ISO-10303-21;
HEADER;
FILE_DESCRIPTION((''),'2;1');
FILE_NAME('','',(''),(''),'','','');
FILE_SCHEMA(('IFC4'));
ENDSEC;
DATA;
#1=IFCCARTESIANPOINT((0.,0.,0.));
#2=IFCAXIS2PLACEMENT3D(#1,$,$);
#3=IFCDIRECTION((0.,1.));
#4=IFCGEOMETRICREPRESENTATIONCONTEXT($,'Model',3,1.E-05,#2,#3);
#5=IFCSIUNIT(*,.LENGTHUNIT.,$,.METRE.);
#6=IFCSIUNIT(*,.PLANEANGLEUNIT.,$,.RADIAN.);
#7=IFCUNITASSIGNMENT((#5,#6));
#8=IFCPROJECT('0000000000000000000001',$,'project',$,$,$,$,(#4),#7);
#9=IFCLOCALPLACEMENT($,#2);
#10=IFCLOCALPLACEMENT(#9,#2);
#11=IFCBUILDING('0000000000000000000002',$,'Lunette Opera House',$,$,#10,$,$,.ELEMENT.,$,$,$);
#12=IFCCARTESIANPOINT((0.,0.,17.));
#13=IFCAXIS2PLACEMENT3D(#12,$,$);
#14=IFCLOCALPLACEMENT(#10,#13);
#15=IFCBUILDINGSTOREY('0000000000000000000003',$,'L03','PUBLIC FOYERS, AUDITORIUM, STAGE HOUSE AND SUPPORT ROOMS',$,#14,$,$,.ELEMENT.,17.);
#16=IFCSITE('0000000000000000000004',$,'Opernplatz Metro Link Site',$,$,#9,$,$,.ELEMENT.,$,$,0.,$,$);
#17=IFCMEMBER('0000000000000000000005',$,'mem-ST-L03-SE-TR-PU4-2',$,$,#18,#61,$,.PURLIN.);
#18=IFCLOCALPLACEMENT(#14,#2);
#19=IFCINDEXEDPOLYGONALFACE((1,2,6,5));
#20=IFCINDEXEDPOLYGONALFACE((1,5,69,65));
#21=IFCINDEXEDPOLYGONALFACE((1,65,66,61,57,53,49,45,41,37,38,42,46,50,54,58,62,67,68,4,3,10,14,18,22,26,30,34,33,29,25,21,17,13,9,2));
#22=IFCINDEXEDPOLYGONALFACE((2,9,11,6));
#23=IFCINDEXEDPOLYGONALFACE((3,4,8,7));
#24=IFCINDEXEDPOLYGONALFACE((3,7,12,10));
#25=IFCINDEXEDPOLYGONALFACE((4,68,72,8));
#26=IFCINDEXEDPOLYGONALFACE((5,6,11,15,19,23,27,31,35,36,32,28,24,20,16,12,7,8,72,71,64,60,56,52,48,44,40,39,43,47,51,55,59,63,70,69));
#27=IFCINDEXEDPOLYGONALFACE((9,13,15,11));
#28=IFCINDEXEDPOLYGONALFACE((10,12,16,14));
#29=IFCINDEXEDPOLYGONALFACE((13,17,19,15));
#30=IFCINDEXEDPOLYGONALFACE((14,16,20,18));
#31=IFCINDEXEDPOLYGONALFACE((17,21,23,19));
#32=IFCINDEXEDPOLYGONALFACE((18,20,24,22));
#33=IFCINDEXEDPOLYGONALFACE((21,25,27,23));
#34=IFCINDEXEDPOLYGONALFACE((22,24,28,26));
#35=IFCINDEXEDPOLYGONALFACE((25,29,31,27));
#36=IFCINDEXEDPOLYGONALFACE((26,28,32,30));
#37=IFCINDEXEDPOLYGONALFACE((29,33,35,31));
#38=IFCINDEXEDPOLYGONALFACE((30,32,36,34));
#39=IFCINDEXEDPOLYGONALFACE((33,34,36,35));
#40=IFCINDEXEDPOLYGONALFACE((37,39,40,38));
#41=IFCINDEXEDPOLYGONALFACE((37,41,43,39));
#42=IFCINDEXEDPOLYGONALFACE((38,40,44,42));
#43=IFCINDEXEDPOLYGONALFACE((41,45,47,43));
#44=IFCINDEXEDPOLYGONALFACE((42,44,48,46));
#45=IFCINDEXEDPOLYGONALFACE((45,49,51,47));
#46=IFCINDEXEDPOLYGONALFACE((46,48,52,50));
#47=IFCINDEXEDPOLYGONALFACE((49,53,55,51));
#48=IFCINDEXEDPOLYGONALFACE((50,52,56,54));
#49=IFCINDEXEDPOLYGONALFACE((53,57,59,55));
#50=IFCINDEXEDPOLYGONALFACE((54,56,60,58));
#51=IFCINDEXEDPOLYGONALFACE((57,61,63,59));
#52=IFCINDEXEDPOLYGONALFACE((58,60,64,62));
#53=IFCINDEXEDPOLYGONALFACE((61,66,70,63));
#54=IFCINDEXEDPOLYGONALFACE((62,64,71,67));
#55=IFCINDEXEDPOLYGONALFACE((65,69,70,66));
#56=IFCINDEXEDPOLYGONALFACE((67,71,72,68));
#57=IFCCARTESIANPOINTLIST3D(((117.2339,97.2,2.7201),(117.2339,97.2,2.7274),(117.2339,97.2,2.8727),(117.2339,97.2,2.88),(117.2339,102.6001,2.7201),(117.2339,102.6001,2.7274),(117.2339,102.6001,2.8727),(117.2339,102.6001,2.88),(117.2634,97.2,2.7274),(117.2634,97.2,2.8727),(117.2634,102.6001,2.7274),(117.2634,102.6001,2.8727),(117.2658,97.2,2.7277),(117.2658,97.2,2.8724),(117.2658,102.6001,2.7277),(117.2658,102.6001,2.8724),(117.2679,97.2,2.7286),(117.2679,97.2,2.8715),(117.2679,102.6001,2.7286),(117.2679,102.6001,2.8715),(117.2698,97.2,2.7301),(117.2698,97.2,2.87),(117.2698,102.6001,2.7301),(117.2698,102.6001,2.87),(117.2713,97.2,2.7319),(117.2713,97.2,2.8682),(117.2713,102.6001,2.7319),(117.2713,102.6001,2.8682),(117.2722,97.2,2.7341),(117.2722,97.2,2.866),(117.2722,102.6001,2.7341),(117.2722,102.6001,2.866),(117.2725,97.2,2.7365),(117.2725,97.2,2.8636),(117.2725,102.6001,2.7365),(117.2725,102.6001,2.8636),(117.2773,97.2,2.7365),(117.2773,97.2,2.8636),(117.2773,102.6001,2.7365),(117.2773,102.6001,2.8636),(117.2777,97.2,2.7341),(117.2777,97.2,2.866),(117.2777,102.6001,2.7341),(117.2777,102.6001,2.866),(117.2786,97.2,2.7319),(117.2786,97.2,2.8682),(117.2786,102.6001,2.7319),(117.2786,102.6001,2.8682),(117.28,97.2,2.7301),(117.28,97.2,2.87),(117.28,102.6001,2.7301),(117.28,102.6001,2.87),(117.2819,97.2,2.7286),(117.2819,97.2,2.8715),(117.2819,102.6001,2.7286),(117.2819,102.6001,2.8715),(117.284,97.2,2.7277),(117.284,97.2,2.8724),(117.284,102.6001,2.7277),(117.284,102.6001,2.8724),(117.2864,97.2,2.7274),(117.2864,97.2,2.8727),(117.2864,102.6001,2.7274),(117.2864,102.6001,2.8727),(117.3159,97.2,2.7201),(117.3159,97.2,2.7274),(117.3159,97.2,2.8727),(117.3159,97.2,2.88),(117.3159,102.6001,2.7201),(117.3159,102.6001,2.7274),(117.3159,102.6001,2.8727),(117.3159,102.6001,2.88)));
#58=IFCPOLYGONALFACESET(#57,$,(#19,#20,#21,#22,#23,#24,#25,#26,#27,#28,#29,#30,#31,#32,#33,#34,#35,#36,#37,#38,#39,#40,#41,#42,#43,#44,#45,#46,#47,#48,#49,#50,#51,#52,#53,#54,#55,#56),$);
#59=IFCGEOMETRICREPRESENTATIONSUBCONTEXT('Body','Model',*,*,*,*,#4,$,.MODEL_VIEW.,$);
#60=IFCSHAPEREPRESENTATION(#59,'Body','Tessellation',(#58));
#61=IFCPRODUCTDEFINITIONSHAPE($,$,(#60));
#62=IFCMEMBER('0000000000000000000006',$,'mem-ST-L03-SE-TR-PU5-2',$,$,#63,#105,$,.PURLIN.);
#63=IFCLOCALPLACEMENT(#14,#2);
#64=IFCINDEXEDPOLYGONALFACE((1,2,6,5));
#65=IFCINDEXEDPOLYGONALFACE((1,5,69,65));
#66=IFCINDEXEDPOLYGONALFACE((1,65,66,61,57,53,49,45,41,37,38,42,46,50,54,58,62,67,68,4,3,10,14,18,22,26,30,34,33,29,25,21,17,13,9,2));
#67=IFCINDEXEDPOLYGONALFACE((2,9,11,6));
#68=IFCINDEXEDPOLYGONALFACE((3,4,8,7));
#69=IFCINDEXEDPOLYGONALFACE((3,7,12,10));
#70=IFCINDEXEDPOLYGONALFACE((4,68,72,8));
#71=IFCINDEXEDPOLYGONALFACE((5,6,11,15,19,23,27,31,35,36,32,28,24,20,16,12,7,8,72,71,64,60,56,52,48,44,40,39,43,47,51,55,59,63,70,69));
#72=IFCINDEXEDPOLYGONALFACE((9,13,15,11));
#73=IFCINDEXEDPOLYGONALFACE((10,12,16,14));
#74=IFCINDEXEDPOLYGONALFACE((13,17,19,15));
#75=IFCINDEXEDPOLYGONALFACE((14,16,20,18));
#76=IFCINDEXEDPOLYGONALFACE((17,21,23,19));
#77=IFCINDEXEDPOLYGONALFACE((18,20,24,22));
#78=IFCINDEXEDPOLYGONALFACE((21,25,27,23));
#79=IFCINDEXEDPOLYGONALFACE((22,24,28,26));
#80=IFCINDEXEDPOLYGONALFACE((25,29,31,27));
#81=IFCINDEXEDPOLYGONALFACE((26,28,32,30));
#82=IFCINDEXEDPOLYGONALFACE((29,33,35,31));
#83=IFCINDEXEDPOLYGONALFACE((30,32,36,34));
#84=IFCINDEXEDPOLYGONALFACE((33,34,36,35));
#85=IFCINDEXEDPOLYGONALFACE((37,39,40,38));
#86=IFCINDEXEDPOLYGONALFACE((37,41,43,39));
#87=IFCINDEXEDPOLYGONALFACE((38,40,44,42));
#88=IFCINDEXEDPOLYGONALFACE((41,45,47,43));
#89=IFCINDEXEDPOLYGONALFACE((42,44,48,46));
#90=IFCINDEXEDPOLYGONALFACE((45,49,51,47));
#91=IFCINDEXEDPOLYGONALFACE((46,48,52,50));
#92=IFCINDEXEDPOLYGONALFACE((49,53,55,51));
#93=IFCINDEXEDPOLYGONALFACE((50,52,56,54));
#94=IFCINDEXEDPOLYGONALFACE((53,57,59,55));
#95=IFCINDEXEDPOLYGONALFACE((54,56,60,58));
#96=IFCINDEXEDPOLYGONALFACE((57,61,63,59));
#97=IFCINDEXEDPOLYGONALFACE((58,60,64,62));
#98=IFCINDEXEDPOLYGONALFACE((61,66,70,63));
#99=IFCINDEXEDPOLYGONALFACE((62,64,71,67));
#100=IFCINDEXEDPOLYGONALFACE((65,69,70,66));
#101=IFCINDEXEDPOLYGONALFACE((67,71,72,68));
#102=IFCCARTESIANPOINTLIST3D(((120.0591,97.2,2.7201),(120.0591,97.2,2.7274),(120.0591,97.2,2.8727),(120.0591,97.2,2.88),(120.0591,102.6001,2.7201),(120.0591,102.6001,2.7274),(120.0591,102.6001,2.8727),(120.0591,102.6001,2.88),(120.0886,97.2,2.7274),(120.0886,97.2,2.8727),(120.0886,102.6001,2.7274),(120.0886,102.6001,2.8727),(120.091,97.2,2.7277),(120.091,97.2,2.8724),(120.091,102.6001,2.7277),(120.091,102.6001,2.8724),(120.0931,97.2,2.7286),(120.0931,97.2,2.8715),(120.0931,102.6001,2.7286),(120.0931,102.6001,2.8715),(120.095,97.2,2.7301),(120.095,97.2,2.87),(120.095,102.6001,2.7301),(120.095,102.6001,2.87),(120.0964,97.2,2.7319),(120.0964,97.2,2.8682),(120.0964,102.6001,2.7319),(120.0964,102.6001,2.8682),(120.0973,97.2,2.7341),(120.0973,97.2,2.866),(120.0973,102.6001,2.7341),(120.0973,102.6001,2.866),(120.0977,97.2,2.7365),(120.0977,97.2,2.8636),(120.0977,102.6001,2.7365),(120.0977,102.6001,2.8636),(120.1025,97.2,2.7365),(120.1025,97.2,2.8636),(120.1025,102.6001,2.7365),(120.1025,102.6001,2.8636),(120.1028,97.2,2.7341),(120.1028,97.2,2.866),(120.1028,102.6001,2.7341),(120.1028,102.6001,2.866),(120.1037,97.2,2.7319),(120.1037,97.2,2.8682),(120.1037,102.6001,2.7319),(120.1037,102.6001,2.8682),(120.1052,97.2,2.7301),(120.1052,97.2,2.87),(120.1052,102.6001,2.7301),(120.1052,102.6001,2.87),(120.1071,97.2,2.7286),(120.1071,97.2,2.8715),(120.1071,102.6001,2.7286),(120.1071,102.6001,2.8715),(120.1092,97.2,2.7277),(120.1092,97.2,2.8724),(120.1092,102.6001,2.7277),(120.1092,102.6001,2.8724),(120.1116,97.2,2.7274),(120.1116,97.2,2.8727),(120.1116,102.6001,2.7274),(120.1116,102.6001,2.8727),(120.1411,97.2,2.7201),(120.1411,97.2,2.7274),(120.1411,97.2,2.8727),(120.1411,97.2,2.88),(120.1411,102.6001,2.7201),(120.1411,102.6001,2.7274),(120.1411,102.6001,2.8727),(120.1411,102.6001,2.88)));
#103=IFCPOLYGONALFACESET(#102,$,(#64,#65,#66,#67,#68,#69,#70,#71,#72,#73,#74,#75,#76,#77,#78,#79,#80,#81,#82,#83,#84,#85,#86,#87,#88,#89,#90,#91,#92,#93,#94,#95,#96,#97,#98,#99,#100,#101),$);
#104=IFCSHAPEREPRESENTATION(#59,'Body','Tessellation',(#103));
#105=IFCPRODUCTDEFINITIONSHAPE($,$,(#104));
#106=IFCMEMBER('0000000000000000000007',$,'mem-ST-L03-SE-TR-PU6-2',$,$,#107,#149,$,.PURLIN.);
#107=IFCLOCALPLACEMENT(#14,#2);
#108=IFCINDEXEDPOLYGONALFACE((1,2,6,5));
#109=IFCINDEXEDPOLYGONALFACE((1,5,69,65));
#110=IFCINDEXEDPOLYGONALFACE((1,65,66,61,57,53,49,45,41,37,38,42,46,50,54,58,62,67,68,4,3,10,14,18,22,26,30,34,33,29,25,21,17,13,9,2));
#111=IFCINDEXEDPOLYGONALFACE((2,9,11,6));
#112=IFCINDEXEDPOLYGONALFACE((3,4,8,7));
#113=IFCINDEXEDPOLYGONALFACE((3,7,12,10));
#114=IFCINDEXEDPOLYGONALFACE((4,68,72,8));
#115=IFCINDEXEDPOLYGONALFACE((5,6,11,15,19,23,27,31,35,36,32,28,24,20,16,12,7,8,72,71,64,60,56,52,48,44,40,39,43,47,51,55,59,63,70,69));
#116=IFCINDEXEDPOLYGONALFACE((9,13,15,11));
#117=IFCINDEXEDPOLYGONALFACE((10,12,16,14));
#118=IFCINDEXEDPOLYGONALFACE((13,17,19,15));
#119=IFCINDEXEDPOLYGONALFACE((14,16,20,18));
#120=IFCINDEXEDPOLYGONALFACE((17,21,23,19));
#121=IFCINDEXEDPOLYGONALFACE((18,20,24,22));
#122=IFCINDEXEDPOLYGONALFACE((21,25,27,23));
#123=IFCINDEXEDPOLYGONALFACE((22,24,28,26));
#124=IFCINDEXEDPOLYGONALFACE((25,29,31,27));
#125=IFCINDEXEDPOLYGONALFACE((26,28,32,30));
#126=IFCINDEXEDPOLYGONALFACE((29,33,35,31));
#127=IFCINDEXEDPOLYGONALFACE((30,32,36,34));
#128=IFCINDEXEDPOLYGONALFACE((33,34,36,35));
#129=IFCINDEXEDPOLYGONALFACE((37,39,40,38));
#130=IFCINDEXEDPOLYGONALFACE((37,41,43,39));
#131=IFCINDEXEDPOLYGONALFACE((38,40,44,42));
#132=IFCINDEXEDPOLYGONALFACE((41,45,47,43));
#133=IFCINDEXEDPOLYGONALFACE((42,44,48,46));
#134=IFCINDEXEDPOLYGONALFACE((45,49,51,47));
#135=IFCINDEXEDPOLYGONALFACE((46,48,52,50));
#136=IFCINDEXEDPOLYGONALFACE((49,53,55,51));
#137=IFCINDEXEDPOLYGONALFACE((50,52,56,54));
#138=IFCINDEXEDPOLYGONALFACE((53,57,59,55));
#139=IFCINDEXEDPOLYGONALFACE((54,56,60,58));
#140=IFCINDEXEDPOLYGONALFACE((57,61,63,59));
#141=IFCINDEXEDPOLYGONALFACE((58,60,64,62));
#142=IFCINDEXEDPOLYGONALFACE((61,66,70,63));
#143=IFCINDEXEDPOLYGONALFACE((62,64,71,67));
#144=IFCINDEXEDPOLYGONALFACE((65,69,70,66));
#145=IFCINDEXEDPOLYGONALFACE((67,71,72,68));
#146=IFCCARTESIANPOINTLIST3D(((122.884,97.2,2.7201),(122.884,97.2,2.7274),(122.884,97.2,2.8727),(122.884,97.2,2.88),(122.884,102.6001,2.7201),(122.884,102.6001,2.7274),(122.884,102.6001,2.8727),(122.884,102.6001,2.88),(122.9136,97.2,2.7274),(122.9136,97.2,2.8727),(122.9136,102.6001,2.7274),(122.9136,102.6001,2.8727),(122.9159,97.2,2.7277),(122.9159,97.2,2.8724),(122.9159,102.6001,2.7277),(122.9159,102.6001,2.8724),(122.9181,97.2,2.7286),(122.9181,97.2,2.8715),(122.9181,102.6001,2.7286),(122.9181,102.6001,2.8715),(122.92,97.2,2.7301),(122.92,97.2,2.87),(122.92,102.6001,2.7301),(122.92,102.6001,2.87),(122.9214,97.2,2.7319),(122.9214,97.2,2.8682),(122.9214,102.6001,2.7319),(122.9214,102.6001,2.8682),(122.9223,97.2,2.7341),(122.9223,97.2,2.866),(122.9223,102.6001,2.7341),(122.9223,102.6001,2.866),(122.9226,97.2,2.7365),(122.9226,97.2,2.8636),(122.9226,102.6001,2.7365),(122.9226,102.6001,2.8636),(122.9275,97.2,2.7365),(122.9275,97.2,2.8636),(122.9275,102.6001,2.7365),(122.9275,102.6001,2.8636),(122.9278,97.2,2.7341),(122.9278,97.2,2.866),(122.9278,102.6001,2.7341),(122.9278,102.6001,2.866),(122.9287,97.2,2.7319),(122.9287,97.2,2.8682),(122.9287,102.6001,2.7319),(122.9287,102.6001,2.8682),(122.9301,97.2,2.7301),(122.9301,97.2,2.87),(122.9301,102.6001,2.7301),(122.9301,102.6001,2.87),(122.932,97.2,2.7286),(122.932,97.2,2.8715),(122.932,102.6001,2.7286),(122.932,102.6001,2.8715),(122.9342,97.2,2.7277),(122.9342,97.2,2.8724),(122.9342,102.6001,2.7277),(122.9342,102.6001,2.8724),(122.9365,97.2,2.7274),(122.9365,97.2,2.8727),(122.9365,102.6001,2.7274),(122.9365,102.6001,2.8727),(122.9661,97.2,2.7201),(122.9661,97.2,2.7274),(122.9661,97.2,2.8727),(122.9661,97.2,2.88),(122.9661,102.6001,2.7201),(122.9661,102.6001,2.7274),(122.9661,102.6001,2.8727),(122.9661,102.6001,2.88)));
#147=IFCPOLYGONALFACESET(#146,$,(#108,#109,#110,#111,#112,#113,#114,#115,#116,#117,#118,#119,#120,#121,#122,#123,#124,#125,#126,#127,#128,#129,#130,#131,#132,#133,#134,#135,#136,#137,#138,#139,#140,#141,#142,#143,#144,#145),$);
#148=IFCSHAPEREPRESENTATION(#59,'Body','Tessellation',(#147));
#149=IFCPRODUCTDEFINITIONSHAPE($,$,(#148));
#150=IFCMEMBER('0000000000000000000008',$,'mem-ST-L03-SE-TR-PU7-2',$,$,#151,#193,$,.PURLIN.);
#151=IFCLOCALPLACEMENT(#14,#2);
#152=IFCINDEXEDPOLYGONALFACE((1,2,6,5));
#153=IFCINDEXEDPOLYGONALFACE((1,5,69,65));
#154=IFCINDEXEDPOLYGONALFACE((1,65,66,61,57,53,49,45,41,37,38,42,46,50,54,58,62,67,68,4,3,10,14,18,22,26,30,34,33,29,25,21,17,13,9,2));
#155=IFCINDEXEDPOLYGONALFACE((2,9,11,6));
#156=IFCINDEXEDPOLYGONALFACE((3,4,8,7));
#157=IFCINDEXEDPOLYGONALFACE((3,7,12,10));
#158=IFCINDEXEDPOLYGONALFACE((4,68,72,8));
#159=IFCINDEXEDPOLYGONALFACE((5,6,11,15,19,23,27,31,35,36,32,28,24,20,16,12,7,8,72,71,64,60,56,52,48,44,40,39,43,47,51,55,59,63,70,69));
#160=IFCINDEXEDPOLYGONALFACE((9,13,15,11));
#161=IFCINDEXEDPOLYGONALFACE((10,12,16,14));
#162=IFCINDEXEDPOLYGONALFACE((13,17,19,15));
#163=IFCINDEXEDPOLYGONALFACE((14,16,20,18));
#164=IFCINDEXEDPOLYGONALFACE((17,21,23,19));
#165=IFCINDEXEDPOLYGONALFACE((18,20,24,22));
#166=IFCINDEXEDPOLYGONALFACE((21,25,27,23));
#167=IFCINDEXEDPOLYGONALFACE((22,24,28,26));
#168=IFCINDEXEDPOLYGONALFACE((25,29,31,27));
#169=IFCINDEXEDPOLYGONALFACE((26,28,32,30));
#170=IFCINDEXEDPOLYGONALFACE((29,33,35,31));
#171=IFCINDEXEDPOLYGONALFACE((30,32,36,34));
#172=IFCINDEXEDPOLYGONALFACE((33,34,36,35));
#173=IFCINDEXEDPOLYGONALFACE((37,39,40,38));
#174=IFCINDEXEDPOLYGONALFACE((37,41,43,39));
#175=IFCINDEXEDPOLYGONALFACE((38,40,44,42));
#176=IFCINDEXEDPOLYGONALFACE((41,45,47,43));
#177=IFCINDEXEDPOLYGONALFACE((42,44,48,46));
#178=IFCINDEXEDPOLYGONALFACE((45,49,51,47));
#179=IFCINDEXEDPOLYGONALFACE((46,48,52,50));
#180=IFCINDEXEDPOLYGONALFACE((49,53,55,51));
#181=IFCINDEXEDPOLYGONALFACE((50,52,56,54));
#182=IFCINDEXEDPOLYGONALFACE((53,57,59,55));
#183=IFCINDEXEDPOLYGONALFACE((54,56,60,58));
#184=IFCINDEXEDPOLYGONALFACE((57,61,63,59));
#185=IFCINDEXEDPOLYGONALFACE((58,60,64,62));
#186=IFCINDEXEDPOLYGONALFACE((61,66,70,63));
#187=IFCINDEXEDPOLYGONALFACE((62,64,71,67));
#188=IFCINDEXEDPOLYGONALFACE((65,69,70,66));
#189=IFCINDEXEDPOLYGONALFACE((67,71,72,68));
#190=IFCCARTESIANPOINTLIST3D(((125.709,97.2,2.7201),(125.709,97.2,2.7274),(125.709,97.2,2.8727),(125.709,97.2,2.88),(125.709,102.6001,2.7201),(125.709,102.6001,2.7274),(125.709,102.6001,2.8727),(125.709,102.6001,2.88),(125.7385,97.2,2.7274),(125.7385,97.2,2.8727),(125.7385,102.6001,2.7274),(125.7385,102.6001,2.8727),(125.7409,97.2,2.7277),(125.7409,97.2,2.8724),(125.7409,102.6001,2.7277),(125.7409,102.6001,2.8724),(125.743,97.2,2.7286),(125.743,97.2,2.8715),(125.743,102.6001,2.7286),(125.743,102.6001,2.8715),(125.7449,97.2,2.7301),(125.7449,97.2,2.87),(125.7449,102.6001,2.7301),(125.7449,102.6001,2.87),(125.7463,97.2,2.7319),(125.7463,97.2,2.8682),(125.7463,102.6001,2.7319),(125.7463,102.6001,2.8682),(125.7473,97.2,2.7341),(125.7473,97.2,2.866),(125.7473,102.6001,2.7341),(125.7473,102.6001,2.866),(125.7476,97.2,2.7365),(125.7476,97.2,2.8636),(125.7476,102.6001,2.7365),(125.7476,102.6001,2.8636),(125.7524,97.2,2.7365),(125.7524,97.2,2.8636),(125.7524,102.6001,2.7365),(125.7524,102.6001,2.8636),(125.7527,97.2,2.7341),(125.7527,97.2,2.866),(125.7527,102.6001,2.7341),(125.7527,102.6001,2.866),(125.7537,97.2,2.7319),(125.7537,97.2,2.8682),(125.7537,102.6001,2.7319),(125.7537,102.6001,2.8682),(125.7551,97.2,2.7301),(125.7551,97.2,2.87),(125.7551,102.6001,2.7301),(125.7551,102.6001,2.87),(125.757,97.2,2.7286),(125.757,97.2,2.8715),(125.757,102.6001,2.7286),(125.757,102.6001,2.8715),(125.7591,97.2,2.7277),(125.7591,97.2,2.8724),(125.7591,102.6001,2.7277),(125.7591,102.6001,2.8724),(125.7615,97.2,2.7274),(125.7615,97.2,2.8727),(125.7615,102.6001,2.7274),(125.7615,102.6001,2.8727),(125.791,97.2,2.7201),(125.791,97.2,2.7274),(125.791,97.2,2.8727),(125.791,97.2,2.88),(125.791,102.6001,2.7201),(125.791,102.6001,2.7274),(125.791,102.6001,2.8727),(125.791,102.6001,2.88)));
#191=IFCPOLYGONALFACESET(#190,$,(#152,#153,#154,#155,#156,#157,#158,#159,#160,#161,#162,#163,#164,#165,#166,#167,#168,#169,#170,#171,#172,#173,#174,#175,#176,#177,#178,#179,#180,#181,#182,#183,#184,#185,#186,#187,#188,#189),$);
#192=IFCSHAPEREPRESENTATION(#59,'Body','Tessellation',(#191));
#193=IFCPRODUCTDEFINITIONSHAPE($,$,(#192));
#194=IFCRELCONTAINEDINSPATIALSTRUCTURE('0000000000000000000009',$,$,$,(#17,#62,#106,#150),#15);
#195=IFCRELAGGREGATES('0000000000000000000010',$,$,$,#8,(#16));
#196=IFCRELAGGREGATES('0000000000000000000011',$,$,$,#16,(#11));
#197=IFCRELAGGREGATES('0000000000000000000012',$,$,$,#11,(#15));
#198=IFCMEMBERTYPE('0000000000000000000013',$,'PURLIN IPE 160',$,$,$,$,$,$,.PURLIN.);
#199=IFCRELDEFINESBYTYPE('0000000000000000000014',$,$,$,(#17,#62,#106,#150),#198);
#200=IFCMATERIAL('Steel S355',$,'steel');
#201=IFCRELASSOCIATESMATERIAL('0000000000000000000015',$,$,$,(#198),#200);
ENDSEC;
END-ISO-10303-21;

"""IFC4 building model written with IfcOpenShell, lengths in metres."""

from ifc_helpers import new_model, si_unit, direction, frame, origin, origin_2d, place, context, subcontext, project, spatial, i_section, extrude, material, material_profile, profile_set, type_object, element, save


model = new_model("IFC4")

# Units and contexts
model_context = context("Model", 3, precision=1e-05, world=origin(), true_north=direction((0.0, 1.0)))
body_context = subcontext(model_context, "Body", "Model", "MODEL_VIEW")
ifc_project = project(units=[si_unit("LENGTHUNIT", "METRE"), si_unit("PLANEANGLEUNIT", "RADIAN")], contexts=[model_context])

# Site, building, storey
site_placement = place(None, origin())
site = spatial("IfcSite", under=ifc_project, at=site_placement, Name="Opernplatz Metro Link Site", CompositionType="ELEMENT", RefElevation=0.0)
building_placement = place(site_placement, origin())
building = spatial("IfcBuilding", under=site, at=building_placement, Name="Lunette Opera House", CompositionType="ELEMENT")
storey_placement = place(building_placement, frame((0.0, 0.0, 17.0)))
storey = spatial("IfcBuildingStorey", under=building, at=storey_placement, Name="L03", Description="PUBLIC FOYERS, AUDITORIUM, STAGE HOUSE AND SUPPORT ROOMS", CompositionType="ELEMENT", Elevation=17.0)

# Members
ifc_material_1 = material(Name="Steel S355", Category="steel")
ifc_material_profile_1 = material_profile(ifc_material_1, i_section(OverallWidth=0.082, OverallDepth=0.1599, WebThickness=0.0049, FlangeThickness=0.0073, FilletRadius=0.009, at=origin_2d()), Name="IPE 160")
ifc_profile_set_1 = profile_set([ifc_material_profile_1], Name="Steel S355")
member_type_1 = type_object("IfcMemberType", Name="PURLIN IPE 160", PredefinedType="PURLIN", material=ifc_profile_set_1)
for number, where, z_axis, x_axis, name in (
    (1, (117.2749, 97.2, 2.8), (0.0, 1.0, 0.0), (-1.0, 0.0, 0.0), "mem-ST-L03-SE-TR-PU4-2"),
    (2, (120.1001, 97.2, 2.8), (0.0, 1.0, 0.0), (-1.0, 0.0, 0.0), "mem-ST-L03-SE-TR-PU5-2"),
    (3, (122.925, 97.2, 2.8), (0.0, 1.0, 0.0), (-1.0, 0.0, 0.0), "mem-ST-L03-SE-TR-PU6-2"),
    (4, (125.75, 97.2, 2.8), (0.0, 1.0, 0.0), (-1.0, 0.0, 0.0), "mem-ST-L03-SE-TR-PU7-2"),
):
    element("IfcMember", number, at=place(storey_placement, frame(where, z_axis=z_axis, x_axis=x_axis)), inside=storey, type_object=member_type_1, Name=name, PredefinedType="PURLIN", context=body_context, shape_type="SweptSolid", body=[
        extrude(i_section(OverallWidth=0.082, OverallDepth=0.1599, WebThickness=0.0049, FlangeThickness=0.0073, FilletRadius=0.009, at=origin_2d()), origin(), (0.0, 0.0, 1.0), 5.4001),
    ])

save(model, "model.ifc")
